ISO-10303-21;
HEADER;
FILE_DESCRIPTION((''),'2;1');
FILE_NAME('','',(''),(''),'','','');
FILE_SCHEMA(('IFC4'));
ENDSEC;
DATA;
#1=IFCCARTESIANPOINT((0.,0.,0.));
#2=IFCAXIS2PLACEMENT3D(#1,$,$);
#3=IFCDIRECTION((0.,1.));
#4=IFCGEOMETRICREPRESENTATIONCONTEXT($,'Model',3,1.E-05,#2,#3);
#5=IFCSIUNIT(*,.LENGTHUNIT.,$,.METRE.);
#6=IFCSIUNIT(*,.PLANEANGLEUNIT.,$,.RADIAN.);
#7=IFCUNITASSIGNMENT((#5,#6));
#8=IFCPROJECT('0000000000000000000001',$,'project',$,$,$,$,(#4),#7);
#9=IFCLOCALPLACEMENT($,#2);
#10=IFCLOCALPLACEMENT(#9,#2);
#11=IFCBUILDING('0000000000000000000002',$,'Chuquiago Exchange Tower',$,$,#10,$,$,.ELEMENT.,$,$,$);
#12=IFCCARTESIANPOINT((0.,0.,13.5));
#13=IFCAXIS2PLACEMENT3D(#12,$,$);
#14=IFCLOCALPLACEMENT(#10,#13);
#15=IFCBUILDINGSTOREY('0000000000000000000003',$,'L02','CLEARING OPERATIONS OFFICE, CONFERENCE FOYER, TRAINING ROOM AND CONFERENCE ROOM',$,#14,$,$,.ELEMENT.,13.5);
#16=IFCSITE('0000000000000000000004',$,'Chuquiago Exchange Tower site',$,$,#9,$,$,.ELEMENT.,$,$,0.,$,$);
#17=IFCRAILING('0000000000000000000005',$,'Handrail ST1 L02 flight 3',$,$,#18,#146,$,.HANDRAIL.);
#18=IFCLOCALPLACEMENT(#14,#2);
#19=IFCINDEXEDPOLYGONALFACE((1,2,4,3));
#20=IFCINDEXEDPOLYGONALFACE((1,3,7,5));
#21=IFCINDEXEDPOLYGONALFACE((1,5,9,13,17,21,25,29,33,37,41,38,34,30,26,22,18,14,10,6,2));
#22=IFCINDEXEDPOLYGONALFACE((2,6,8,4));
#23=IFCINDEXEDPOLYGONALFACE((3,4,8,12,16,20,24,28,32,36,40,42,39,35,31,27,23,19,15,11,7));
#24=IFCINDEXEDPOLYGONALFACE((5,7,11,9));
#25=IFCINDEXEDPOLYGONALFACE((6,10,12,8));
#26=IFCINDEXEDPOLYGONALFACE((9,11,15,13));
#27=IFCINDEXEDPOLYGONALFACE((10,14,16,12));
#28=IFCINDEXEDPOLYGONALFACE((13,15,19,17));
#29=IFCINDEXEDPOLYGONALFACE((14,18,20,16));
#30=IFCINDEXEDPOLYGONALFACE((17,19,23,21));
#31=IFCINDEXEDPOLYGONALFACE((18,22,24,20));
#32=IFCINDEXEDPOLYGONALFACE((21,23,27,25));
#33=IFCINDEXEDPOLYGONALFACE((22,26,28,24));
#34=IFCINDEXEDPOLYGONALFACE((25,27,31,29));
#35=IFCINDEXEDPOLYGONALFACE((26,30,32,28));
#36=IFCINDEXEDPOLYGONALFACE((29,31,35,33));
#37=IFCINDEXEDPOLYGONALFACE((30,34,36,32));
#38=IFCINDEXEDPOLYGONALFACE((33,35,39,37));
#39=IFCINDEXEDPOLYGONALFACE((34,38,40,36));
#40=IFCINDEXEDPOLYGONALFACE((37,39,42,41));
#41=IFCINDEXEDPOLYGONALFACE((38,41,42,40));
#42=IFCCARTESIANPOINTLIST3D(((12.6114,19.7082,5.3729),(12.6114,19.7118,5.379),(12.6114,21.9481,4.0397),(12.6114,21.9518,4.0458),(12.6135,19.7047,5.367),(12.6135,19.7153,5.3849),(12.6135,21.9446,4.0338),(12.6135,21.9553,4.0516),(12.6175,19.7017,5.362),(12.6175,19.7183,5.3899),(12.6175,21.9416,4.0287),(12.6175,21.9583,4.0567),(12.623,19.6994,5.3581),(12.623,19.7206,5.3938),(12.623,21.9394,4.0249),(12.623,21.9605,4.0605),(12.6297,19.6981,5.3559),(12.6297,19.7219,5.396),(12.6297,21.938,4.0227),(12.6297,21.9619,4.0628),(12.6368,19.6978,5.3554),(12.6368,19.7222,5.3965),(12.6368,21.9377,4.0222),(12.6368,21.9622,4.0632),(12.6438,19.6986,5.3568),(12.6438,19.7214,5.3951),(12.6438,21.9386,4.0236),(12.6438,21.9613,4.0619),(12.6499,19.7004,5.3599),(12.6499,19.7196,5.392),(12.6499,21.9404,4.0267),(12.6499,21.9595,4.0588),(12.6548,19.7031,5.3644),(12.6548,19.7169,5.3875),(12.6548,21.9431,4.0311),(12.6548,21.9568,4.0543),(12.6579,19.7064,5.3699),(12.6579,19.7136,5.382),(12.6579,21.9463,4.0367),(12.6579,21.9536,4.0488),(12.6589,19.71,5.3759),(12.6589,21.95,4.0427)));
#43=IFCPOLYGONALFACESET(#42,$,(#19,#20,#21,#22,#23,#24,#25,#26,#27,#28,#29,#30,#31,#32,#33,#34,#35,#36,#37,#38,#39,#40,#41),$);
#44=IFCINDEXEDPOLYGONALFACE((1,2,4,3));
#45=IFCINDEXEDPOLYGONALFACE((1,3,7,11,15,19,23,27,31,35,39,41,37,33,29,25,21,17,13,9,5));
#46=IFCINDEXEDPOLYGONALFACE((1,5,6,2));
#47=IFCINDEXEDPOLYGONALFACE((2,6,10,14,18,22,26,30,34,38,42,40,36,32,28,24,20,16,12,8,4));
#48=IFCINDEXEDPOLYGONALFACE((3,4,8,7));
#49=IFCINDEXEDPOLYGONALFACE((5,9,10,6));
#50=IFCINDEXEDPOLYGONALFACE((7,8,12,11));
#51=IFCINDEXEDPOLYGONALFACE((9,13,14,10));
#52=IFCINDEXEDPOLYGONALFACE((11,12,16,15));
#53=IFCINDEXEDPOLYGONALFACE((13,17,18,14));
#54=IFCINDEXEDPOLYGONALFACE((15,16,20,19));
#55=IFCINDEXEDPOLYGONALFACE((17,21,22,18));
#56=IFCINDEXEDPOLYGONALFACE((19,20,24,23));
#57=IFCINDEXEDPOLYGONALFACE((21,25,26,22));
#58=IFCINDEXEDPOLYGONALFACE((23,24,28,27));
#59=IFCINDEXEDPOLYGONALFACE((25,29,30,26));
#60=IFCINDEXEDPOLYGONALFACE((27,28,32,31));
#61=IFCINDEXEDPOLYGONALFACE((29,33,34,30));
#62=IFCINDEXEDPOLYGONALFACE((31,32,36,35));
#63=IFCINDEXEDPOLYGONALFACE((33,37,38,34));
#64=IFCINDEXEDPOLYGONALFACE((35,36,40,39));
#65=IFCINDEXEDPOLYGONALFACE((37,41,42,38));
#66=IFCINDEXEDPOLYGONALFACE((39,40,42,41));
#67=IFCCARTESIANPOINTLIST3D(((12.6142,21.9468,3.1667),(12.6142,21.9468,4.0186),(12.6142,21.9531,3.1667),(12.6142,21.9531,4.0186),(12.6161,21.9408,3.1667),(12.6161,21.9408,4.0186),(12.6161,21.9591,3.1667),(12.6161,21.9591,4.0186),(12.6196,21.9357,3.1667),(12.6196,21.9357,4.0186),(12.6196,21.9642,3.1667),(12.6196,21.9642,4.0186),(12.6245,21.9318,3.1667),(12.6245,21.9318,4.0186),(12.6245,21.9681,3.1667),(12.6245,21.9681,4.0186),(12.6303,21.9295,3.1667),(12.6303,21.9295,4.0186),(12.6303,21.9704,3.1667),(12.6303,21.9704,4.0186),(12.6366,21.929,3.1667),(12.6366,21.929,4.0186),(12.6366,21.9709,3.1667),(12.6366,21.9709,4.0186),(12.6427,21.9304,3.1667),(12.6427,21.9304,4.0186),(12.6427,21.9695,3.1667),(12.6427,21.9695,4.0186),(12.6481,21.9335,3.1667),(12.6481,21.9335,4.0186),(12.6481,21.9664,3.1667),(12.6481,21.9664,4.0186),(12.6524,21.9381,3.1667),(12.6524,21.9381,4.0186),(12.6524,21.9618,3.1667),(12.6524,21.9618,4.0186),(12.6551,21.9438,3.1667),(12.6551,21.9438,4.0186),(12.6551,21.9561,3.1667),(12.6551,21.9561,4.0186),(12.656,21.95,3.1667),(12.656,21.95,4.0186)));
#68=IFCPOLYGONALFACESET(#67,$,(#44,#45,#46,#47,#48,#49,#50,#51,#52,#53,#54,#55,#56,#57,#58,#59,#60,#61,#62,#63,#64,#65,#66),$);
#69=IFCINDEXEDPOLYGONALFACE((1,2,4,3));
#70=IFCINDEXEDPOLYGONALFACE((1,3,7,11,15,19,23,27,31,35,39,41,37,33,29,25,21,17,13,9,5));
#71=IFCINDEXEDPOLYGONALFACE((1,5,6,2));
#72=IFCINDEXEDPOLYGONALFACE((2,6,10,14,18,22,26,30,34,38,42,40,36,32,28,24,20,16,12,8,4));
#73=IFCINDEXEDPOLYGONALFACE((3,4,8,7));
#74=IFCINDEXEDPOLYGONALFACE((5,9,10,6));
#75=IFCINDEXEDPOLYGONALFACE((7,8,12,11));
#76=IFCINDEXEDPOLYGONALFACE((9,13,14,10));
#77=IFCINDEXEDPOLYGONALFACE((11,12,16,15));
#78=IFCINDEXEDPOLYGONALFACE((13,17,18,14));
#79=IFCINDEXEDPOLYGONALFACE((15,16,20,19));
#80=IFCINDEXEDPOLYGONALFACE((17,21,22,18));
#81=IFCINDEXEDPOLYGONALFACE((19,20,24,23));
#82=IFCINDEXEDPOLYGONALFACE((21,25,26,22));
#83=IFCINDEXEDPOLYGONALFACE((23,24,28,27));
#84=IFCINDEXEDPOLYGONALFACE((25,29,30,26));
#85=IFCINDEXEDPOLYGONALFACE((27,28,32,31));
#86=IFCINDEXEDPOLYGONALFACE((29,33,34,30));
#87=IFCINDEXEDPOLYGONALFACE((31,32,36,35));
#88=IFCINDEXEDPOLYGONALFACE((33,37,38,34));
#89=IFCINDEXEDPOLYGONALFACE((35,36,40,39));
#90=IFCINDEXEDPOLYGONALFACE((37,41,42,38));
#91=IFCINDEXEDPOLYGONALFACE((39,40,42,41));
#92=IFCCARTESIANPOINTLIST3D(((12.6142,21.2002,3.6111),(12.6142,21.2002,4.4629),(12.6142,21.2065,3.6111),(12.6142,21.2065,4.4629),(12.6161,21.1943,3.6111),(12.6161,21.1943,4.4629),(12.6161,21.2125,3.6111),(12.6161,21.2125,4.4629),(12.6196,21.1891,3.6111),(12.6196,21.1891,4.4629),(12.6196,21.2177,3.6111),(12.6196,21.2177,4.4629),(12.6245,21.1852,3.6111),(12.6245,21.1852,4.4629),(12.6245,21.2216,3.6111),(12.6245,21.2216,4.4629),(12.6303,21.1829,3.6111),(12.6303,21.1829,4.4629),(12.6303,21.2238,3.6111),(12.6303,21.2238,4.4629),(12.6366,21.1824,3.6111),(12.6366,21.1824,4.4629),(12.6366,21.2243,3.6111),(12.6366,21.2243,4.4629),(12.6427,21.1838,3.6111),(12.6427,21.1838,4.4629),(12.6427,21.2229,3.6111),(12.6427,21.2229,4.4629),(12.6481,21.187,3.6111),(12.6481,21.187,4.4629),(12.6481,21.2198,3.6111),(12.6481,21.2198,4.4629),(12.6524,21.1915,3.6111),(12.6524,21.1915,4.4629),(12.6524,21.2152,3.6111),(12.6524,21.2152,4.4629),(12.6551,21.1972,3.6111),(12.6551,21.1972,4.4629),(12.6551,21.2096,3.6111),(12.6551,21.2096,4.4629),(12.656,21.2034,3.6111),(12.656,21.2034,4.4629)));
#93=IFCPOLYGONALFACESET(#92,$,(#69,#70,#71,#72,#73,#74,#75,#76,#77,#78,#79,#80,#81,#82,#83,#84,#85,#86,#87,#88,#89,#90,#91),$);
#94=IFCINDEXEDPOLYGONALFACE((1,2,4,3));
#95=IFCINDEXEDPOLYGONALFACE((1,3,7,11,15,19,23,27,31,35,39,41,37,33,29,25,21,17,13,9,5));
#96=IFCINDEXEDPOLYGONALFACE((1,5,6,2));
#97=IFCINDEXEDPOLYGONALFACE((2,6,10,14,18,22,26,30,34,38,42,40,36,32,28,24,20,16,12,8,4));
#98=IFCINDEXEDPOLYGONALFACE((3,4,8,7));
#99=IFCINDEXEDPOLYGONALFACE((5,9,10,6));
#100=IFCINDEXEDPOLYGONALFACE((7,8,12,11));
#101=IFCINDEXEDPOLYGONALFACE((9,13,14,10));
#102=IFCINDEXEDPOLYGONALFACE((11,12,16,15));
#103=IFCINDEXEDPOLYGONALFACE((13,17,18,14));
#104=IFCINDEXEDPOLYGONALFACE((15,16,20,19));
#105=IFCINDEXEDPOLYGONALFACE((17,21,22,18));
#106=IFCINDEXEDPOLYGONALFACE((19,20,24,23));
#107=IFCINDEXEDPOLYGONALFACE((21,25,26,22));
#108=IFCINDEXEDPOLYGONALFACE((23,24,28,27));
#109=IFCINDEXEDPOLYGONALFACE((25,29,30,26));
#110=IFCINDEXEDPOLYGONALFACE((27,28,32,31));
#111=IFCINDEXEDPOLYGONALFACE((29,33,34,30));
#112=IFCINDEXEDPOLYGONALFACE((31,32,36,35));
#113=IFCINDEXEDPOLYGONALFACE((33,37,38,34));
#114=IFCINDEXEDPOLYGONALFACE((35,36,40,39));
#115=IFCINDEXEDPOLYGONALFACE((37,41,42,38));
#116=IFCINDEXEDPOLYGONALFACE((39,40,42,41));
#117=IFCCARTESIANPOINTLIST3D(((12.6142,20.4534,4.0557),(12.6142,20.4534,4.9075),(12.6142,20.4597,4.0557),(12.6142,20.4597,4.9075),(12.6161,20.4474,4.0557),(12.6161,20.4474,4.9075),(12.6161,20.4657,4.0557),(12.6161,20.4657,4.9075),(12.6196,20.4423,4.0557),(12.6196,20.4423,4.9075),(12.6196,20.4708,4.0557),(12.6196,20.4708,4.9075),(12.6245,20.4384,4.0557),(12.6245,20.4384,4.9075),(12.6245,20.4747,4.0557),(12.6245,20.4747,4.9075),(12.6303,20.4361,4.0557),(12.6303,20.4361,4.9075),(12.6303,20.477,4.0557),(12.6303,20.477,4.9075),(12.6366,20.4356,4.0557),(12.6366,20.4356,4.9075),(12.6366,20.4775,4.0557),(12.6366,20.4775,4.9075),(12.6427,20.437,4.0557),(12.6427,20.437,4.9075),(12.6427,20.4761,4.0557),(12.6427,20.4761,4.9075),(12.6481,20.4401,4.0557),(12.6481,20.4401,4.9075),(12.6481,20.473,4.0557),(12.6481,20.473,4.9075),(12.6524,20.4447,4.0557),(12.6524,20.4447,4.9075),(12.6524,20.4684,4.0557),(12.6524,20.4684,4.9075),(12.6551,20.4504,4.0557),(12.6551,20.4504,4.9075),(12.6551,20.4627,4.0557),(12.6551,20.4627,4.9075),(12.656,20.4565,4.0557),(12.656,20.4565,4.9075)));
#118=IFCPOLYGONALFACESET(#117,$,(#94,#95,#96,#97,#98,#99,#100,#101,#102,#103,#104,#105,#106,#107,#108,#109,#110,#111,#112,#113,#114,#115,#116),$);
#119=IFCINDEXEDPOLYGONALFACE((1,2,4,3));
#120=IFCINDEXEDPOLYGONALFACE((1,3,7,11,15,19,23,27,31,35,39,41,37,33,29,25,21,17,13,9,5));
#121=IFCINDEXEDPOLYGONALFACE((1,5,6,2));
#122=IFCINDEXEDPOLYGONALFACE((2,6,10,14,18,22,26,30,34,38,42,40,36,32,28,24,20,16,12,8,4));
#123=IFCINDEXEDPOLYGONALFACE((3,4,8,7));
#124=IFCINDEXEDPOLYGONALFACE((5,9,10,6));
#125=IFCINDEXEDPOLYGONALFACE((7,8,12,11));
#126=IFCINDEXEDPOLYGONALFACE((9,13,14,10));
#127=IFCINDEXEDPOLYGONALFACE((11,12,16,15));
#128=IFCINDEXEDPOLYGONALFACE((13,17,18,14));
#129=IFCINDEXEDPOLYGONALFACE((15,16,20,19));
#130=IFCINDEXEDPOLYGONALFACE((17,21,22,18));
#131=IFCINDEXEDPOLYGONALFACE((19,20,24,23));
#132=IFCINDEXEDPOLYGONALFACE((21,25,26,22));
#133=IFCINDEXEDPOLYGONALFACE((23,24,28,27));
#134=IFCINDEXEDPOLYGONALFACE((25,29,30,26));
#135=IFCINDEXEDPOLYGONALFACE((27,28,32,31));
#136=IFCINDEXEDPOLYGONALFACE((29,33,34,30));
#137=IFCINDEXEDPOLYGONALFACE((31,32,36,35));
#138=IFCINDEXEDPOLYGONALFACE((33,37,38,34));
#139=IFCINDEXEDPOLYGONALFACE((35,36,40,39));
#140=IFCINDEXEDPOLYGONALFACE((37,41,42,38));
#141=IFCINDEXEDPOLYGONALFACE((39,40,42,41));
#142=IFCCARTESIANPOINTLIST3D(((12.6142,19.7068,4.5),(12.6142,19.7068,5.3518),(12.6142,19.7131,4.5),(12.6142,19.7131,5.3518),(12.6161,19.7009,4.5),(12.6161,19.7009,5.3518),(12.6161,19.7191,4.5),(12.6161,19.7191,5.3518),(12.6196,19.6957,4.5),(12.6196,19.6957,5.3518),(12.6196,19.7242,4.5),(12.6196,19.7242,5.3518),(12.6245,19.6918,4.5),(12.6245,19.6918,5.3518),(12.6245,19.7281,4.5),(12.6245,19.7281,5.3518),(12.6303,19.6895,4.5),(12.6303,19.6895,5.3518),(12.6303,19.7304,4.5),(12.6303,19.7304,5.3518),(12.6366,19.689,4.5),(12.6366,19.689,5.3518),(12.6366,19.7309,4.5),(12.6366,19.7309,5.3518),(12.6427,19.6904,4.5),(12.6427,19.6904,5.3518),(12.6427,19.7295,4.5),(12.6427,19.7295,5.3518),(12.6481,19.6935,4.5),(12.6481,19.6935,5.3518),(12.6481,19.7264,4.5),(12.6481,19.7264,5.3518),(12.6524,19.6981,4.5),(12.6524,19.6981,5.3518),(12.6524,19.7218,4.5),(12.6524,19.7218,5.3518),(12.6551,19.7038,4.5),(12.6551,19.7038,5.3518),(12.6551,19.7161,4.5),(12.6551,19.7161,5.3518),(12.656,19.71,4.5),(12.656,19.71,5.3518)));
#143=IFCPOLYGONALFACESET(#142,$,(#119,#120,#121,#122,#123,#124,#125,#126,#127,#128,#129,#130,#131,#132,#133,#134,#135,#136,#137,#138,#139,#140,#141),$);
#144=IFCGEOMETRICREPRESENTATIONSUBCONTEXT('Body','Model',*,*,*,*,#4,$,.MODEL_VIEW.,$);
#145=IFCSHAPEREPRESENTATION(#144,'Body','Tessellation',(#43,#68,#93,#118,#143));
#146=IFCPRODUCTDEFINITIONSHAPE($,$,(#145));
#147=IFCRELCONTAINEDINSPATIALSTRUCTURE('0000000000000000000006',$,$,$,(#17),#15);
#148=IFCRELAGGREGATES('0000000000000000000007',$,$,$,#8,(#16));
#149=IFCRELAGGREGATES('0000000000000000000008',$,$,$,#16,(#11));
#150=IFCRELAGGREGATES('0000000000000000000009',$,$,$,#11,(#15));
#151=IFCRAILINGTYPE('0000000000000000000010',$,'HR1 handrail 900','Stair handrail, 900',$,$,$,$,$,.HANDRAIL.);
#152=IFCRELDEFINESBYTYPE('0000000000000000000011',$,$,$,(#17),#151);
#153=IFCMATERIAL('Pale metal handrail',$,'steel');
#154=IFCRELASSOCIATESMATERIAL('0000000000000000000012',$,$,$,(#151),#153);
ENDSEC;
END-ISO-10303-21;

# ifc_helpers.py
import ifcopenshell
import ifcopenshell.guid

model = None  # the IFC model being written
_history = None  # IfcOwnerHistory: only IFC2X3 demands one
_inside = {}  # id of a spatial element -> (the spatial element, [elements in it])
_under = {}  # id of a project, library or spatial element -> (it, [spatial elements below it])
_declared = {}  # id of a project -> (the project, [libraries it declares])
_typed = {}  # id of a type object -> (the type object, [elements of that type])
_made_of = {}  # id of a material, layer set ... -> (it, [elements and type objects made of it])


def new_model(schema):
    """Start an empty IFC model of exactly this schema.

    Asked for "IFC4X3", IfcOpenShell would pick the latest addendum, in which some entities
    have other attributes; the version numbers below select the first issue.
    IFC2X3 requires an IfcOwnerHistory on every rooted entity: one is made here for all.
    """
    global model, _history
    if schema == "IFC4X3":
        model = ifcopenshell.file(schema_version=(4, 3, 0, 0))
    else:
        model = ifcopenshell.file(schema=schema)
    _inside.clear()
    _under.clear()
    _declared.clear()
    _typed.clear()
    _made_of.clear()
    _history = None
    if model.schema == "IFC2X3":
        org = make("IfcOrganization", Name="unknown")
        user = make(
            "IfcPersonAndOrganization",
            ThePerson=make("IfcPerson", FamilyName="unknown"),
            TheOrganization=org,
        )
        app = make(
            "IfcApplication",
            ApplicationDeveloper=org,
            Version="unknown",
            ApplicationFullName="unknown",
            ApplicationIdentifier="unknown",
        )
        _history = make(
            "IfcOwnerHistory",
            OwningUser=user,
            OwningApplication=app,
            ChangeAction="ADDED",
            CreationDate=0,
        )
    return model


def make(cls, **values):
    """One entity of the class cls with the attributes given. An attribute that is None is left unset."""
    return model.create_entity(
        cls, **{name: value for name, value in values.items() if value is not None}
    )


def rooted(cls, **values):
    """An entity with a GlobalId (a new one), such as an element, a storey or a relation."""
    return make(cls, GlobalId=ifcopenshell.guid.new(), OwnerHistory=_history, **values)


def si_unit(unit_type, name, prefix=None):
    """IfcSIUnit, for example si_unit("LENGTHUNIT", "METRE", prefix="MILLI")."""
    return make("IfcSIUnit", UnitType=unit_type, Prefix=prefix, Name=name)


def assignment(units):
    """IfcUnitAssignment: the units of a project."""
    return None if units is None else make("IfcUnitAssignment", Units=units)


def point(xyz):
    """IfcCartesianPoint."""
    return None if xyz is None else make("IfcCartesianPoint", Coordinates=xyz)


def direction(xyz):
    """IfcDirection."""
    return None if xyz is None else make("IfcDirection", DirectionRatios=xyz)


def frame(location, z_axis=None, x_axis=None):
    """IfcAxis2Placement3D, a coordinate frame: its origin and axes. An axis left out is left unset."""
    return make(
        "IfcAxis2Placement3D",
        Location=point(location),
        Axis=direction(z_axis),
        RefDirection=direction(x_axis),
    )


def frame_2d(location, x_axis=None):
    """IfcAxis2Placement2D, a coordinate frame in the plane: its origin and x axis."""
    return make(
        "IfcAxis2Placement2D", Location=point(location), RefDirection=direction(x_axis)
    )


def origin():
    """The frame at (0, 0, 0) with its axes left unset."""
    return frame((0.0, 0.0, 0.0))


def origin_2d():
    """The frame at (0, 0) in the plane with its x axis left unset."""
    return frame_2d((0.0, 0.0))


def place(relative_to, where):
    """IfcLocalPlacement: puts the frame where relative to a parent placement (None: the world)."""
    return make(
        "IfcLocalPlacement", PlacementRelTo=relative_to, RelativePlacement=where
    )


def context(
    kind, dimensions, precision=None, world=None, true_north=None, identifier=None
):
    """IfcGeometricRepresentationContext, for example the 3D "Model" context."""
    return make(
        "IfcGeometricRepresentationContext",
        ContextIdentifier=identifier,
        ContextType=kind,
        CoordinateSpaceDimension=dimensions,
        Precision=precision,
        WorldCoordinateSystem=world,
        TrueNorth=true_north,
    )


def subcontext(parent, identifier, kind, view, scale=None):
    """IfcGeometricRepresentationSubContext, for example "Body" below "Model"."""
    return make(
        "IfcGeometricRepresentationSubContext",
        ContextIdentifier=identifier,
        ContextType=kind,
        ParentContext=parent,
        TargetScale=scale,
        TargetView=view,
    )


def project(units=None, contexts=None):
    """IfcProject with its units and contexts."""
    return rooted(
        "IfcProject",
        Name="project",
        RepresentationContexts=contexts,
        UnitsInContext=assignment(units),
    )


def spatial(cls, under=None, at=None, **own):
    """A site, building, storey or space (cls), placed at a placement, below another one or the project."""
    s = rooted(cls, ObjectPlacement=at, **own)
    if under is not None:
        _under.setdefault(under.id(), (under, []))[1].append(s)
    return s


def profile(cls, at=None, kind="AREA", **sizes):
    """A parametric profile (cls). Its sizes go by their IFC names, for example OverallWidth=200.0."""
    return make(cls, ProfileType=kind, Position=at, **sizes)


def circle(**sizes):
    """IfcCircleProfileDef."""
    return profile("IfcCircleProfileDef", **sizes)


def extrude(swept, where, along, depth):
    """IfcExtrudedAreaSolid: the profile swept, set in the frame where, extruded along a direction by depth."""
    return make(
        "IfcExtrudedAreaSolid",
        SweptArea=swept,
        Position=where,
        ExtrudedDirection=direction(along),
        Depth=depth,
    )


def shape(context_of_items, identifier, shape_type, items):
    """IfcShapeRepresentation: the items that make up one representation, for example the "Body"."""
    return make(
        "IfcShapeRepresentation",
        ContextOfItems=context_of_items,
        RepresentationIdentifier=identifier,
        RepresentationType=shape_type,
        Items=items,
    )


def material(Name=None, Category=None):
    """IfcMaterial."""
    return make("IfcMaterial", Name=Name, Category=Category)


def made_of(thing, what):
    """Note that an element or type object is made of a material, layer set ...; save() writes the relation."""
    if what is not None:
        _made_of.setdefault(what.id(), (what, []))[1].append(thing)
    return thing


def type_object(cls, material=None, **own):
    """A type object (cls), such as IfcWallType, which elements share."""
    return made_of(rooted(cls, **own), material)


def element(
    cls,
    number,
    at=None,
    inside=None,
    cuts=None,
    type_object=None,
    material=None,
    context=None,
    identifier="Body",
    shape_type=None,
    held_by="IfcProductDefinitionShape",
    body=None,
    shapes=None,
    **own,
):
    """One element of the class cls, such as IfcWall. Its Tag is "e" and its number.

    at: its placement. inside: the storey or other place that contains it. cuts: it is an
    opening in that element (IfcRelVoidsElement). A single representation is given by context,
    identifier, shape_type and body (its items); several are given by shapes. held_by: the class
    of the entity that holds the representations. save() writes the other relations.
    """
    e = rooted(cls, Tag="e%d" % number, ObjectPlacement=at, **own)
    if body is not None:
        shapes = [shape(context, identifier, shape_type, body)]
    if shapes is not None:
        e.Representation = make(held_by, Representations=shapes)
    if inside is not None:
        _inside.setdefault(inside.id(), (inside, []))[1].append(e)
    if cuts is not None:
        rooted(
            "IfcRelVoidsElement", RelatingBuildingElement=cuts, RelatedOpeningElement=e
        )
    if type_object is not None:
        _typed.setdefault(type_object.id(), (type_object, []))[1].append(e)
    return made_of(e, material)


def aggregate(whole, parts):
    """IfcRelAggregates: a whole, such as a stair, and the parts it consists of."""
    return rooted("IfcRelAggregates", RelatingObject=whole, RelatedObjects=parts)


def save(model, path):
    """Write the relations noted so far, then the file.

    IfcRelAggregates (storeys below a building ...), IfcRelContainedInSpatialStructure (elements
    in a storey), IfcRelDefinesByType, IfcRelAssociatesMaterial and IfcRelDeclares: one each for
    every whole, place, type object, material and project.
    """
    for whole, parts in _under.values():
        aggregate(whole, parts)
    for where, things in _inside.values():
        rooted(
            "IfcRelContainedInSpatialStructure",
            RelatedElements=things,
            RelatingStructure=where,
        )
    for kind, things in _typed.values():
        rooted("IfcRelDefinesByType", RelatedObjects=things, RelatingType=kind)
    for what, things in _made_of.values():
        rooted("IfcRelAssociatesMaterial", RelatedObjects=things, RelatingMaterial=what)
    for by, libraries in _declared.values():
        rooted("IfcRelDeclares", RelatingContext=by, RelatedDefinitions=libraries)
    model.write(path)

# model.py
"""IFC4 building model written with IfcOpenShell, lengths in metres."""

from ifc_helpers import new_model, si_unit, direction, frame, origin, origin_2d, place, context, subcontext, project, spatial, circle, extrude, material, type_object, element, save


model = new_model("IFC4")

# Units and contexts
model_context = context("Model", 3, precision=1e-05, world=origin(), true_north=direction((0.0, 1.0)))
body_context = subcontext(model_context, "Body", "Model", "MODEL_VIEW")
ifc_project = project(units=[si_unit("LENGTHUNIT", "METRE"), si_unit("PLANEANGLEUNIT", "RADIAN")], contexts=[model_context])

# Site, building, storey
site_placement = place(None, origin())
site = spatial("IfcSite", under=ifc_project, at=site_placement, Name="Chuquiago Exchange Tower site", CompositionType="ELEMENT", RefElevation=0.0)
building_placement = place(site_placement, origin())
building = spatial("IfcBuilding", under=site, at=building_placement, Name="Chuquiago Exchange Tower", CompositionType="ELEMENT")
storey_placement = place(building_placement, frame((0.0, 0.0, 13.5)))
storey = spatial("IfcBuildingStorey", under=building, at=storey_placement, Name="L02", Description="CLEARING OPERATIONS OFFICE, CONFERENCE FOYER, TRAINING ROOM AND CONFERENCE ROOM", CompositionType="ELEMENT", Elevation=13.5)

# Railing
ifc_material_1 = material(Name="Pale metal handrail", Category="steel")
railing_type = type_object("IfcRailingType", Name="HR1 handrail 900", Description="Stair handrail, 900", PredefinedType="HANDRAIL", material=ifc_material_1)
for number, where, name in (
    (1, (12.635, 21.95, 3.1667), "Handrail ST1 L02 flight 3"),
):
    element("IfcRailing", number, at=place(storey_placement, frame(where)), inside=storey, type_object=railing_type, Name=name, PredefinedType="HANDRAIL", context=body_context, shape_type="SweptSolid", body=[
        extrude(circle(Radius=0.0239, at=origin_2d()), frame((0.0, 0.0, 0.876), z_axis=(0.0, -0.859306, 0.511462), x_axis=(1.0, 0.0, 0.0)), (0.0, 0.0, 1.0), 2.6067),
        extrude(circle(Radius=0.021, at=origin_2d()), origin(), (0.0, 0.0, 1.0), 0.8518),
        extrude(circle(Radius=0.021, at=origin_2d()), frame((0.0, -0.7466, 0.4443)), (0.0, 0.0, 1.0), 0.8518),
        extrude(circle(Radius=0.021, at=origin_2d()), frame((0.0, -1.4934, 0.8889)), (0.0, 0.0, 1.0), 0.8518),
        extrude(circle(Radius=0.021, at=origin_2d()), frame((0.0, -2.24, 1.3333)), (0.0, 0.0, 1.0), 0.8518),
    ])

save(model, "model.ifc")
